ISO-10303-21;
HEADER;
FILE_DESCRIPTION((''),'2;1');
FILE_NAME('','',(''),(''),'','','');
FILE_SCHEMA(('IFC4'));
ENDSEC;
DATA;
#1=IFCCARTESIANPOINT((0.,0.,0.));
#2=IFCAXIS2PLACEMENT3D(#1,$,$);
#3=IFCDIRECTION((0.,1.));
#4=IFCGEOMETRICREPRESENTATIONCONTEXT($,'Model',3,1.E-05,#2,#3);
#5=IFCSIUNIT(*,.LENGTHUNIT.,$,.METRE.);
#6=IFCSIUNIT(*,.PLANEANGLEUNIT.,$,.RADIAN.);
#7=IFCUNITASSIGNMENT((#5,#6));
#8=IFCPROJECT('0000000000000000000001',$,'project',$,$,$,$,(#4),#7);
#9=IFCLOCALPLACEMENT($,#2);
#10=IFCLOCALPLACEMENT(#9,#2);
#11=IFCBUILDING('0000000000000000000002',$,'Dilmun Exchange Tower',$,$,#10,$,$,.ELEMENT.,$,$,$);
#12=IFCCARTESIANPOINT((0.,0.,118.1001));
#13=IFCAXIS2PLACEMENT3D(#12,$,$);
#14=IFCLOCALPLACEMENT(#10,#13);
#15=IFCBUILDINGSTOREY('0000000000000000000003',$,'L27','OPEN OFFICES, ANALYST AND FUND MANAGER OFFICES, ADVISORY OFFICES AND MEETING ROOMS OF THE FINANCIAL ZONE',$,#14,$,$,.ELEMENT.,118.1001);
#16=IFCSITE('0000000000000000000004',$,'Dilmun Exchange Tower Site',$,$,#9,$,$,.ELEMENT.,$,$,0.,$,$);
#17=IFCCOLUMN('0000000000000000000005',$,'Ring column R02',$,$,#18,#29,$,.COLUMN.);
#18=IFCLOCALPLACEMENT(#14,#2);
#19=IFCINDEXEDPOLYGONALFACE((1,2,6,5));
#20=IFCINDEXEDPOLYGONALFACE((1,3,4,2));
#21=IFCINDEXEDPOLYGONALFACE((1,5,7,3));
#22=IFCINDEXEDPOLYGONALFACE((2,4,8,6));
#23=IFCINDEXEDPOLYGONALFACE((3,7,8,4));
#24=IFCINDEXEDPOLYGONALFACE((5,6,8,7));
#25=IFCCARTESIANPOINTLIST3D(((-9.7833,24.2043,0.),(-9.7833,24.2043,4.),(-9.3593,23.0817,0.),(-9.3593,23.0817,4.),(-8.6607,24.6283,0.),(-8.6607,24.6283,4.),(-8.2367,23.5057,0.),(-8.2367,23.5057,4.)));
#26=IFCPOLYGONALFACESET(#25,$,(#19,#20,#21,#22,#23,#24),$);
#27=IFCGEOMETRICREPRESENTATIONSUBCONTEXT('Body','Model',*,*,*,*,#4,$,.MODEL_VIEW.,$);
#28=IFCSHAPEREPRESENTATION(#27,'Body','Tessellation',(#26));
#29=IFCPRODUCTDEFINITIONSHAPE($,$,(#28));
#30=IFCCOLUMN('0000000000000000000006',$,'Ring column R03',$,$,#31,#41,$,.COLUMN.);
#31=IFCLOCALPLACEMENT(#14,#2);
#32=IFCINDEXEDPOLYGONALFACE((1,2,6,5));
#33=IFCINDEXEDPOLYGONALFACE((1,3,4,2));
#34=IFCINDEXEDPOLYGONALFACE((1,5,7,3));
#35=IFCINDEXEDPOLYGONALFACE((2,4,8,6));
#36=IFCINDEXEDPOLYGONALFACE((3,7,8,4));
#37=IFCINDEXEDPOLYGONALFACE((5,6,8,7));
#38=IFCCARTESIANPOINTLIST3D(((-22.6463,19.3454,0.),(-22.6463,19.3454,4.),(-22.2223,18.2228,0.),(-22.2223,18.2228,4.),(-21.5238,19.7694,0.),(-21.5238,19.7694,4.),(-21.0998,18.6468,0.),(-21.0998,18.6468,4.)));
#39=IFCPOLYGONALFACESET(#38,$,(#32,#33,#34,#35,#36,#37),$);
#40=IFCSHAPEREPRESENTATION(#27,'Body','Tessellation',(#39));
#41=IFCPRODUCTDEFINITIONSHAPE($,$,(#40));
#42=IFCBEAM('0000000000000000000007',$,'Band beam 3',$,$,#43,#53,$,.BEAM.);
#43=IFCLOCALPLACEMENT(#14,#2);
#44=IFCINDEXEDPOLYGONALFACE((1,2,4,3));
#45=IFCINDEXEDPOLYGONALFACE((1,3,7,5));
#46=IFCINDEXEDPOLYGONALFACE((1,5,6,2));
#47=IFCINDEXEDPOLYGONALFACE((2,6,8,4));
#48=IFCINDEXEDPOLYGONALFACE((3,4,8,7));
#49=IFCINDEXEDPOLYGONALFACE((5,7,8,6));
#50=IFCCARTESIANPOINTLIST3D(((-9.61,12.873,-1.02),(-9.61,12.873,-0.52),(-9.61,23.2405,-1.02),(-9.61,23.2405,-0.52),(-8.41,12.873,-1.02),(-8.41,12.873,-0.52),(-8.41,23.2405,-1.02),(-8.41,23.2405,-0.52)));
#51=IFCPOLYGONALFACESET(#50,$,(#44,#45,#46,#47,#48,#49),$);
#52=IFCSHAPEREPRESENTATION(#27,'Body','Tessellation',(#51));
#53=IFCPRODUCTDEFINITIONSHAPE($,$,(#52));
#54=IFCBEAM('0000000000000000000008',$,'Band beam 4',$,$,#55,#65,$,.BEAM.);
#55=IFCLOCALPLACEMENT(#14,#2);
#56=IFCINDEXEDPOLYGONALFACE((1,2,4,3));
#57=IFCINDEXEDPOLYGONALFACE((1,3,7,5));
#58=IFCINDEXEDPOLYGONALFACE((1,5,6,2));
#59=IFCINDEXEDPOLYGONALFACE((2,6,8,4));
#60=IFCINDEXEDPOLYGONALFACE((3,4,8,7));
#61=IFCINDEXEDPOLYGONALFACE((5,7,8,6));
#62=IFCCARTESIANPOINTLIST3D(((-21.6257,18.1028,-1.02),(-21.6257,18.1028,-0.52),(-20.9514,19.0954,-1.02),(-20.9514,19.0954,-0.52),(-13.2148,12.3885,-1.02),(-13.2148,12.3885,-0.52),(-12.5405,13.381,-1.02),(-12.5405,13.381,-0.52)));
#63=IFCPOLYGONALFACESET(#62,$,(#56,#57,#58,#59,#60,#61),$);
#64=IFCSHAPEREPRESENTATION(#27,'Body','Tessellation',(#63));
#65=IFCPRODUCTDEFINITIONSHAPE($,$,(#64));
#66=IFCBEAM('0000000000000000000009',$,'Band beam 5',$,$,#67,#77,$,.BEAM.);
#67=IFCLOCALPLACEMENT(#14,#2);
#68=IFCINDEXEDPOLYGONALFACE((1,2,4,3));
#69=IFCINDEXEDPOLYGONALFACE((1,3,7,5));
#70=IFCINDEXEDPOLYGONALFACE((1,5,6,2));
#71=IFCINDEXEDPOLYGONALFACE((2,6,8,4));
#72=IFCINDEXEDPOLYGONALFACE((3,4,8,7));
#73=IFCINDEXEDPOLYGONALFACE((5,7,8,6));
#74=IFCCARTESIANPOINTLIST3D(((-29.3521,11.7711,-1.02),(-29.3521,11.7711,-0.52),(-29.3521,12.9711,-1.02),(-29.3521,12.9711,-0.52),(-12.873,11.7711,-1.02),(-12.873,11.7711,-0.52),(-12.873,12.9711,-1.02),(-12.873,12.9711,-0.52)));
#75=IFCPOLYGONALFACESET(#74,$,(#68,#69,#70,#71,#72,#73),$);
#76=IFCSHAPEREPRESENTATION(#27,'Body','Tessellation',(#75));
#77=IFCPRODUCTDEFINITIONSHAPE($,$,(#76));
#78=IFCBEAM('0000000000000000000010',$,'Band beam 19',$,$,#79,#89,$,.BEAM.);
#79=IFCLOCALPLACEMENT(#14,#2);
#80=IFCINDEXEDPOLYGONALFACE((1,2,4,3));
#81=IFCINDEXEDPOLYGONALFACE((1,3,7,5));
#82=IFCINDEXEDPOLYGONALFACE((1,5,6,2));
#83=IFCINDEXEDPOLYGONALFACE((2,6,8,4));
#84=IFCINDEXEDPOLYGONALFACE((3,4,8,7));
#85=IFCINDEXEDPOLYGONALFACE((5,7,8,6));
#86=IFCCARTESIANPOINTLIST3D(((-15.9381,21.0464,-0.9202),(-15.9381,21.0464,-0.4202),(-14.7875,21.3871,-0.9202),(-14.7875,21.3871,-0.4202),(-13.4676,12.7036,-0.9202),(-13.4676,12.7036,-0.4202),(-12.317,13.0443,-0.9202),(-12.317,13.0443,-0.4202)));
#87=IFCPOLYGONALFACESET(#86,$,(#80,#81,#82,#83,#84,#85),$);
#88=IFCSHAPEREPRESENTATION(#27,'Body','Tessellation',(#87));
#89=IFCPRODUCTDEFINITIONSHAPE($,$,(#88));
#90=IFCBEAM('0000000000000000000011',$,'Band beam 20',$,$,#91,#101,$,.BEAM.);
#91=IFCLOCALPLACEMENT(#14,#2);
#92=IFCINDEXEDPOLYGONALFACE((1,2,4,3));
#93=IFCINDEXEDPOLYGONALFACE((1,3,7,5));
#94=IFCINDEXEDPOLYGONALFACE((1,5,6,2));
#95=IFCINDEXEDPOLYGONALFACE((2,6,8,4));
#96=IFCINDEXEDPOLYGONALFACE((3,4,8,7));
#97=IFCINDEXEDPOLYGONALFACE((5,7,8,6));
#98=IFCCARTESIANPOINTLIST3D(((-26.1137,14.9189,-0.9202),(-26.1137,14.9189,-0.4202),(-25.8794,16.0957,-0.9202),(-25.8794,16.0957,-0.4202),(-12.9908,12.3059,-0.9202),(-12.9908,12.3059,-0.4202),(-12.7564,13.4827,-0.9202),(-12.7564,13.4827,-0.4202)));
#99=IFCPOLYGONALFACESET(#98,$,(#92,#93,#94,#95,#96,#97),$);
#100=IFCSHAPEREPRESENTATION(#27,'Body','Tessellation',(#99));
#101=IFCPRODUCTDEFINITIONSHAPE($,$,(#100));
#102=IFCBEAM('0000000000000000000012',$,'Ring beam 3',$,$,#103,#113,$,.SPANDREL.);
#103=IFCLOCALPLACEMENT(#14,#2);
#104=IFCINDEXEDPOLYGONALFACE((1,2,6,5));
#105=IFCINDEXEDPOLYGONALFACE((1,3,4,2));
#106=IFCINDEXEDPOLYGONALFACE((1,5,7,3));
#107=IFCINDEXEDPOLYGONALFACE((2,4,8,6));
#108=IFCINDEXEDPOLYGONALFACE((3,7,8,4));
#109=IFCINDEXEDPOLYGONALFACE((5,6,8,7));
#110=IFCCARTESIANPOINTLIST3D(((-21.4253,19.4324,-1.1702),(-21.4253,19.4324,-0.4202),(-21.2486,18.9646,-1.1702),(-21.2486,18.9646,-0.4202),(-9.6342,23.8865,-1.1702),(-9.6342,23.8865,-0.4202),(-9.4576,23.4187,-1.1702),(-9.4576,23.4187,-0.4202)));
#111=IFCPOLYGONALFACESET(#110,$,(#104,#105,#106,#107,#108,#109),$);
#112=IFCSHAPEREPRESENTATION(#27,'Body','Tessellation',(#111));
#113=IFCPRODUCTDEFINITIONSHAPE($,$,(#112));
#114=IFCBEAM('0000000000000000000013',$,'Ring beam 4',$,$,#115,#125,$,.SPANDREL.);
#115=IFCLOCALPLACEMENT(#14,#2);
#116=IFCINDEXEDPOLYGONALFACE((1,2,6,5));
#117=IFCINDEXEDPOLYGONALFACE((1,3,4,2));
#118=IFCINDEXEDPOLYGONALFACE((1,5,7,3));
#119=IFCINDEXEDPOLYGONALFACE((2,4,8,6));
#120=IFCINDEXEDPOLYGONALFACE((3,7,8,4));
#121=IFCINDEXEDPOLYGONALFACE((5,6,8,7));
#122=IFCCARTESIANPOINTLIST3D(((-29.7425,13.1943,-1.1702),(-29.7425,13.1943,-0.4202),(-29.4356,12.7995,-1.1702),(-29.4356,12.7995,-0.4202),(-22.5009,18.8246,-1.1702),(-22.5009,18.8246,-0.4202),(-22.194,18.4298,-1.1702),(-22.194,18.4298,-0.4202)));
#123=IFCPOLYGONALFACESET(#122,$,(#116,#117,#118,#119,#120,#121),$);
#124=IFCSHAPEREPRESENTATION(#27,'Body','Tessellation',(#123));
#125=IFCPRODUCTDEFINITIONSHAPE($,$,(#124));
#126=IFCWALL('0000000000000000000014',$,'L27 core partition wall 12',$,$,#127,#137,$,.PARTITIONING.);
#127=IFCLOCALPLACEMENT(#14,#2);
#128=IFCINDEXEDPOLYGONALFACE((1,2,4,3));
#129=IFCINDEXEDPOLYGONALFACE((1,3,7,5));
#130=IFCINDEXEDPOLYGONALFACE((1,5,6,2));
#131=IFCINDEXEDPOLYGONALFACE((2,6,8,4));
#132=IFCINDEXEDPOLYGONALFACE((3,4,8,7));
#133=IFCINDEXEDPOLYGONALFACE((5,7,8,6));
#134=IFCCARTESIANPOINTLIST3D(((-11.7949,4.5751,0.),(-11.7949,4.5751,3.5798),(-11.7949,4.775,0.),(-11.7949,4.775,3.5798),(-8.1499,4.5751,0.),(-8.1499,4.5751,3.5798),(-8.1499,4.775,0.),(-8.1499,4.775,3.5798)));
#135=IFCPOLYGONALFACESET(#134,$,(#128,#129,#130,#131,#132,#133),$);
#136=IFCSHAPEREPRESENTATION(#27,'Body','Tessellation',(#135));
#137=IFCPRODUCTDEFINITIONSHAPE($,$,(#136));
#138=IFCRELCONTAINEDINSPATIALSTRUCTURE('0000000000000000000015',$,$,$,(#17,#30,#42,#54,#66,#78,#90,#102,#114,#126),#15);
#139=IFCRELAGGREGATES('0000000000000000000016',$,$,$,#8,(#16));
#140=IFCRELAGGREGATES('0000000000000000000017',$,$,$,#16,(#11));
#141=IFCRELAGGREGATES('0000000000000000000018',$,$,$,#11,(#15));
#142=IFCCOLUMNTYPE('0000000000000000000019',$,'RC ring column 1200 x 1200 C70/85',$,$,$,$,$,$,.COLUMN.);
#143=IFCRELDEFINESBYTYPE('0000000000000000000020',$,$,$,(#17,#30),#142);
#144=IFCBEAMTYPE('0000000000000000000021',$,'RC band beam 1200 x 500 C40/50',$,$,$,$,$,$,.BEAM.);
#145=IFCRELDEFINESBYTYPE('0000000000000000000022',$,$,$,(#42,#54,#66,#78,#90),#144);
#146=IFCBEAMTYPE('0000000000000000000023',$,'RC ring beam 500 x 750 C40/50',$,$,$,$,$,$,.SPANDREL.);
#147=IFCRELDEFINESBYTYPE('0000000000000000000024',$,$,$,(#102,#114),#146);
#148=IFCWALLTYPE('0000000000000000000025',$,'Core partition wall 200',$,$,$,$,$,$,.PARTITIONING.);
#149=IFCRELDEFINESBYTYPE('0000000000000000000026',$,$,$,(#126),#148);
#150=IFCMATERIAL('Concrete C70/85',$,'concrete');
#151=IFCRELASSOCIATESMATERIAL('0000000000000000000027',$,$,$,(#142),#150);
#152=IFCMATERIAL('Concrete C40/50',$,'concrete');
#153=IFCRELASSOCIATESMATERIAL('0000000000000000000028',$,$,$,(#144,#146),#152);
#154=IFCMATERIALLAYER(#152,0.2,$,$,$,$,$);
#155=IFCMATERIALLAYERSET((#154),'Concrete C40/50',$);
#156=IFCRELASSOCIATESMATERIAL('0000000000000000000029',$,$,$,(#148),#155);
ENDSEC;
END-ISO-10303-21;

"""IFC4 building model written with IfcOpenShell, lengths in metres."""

from ifc_helpers import new_model, si_unit, direction, frame, frame_2d, origin, origin_2d, place, context, subcontext, project, spatial, rectangle, extrude, material, layer, layer_set, material_profile, profile_set, type_object, element, save


model = new_model("IFC4")

# Units and contexts
model_context = context("Model", 3, precision=1e-05, world=origin(), true_north=direction((0.0, 1.0)))
body_context = subcontext(model_context, "Body", "Model", "MODEL_VIEW")
ifc_project = project(units=[si_unit("LENGTHUNIT", "METRE"), si_unit("PLANEANGLEUNIT", "RADIAN")], contexts=[model_context])

# Site, building, storey
site_placement = place(None, origin())
site = spatial("IfcSite", under=ifc_project, at=site_placement, Name="Dilmun Exchange Tower Site", CompositionType="ELEMENT", RefElevation=0.0)
building_placement = place(site_placement, origin())
building = spatial("IfcBuilding", under=site, at=building_placement, Name="Dilmun Exchange Tower", CompositionType="ELEMENT")
storey_placement = place(building_placement, frame((0.0, 0.0, 118.1001)))
storey = spatial("IfcBuildingStorey", under=building, at=storey_placement, Name="L27", Description="OPEN OFFICES, ANALYST AND FUND MANAGER OFFICES, ADVISORY OFFICES AND MEETING ROOMS OF THE FINANCIAL ZONE", CompositionType="ELEMENT", Elevation=118.1001)

# Columns
ifc_material_1 = material(Name="Concrete C70/85", Category="concrete")
ifc_material_profile_1 = material_profile(ifc_material_1, rectangle(XDim=1.2, YDim=1.2, at=origin_2d()), Name="1200 x 1200")
ifc_profile_set_1 = profile_set([ifc_material_profile_1], Name="Concrete C70/85")
column_type = type_object("IfcColumnType", Name="RC ring column 1200 x 1200 C70/85", PredefinedType="COLUMN", material=ifc_profile_set_1)
for number, where, z_axis, x_axis, name in (
    (1, (-9.01, 23.855, 0.0), (0.0, 0.0, 1.0), (0.935492, 0.353349, 0.0), "Ring column R02"),
    (2, (-21.873, 18.9961, 0.0), (0.0, 0.0, 1.0), (0.935492, 0.353349, 0.0), "Ring column R03"),
):
    element("IfcColumn", number, at=place(storey_placement, frame(where, z_axis=z_axis, x_axis=x_axis)), inside=storey, type_object=column_type, Name=name, PredefinedType="COLUMN", context=body_context, shape_type="SweptSolid", body=[
        extrude(rectangle(XDim=1.2, YDim=1.2, at=origin_2d()), origin(), (0.0, 0.0, 1.0), 4.0),
    ])

# Beams
ifc_material_2 = material(Name="Concrete C40/50", Category="concrete")
ifc_material_profile_2 = material_profile(ifc_material_2, rectangle(XDim=1.2, YDim=0.5, at=origin_2d()), Name="1200 x 500")
ifc_profile_set_2 = profile_set([ifc_material_profile_2], Name="Concrete C40/50")
beam_type_1 = type_object("IfcBeamType", Name="RC band beam 1200 x 500 C40/50", PredefinedType="BEAM", material=ifc_profile_set_2)
beam_1_placement = place(storey_placement, frame((-9.01, 23.2405, -0.77), z_axis=(0.0, -1.0, 0.0), x_axis=(1.0, 0.0, 0.0)))
element("IfcBeam", 3, at=beam_1_placement, inside=storey, type_object=beam_type_1, Name="Band beam 3", PredefinedType="BEAM", context=body_context, shape_type="SweptSolid", body=[
    extrude(rectangle(XDim=1.2, YDim=0.5, at=origin_2d()), origin(), (0.0, 0.0, 1.0), 10.3674),
])
beam_2_placement = place(storey_placement, frame((-21.2886, 18.5991, -0.77), z_axis=(0.827157, -0.56197, 0.0), x_axis=(0.56197, 0.827157, 0.0)))
element("IfcBeam", 4, at=beam_2_placement, inside=storey, type_object=beam_type_1, Name="Band beam 4", PredefinedType="BEAM", context=body_context, shape_type="SweptSolid", body=[
    extrude(rectangle(XDim=1.2, YDim=0.5, at=origin_2d()), origin(), (0.0, 0.0, 1.0), 10.1685),
])
beam_3_placement = place(storey_placement, frame((-29.3521, 12.3711, -0.77), z_axis=(1.0, 0.0, 0.0), x_axis=(0.0, 1.0, 0.0)))
element("IfcBeam", 5, at=beam_3_placement, inside=storey, type_object=beam_type_1, Name="Band beam 5", PredefinedType="BEAM", context=body_context, shape_type="SweptSolid", body=[
    extrude(rectangle(XDim=1.2, YDim=0.5, at=origin_2d()), origin(), (0.0, 0.0, 1.0), 16.479),
])
beam_4_placement = place(storey_placement, frame((-15.3628, 21.2168, -0.6702), z_axis=(0.283933, -0.958844, 0.0), x_axis=(0.958844, 0.283933, 0.0)))
element("IfcBeam", 6, at=beam_4_placement, inside=storey, type_object=beam_type_1, Name="Band beam 19", PredefinedType="BEAM", context=body_context, shape_type="SweptSolid", body=[
    extrude(rectangle(XDim=1.2, YDim=0.5, at=origin_2d()), origin(), (0.0, 0.0, 1.0), 8.7009),
])
beam_5_placement = place(storey_placement, frame((-25.9966, 15.5073, -0.6702), z_axis=(0.980747, -0.195284, 0.0), x_axis=(0.195284, 0.980747, 0.0)))
element("IfcBeam", 7, at=beam_5_placement, inside=storey, type_object=beam_type_1, Name="Band beam 20", PredefinedType="BEAM", context=body_context, shape_type="SweptSolid", body=[
    extrude(rectangle(XDim=1.2, YDim=0.5, at=origin_2d()), origin(), (0.0, 0.0, 1.0), 13.3806),
])
ifc_material_profile_3 = material_profile(ifc_material_2, rectangle(XDim=0.5, YDim=0.75, at=origin_2d()), Name="500 x 750")
ifc_profile_set_3 = profile_set([ifc_material_profile_3], Name="Concrete C40/50")
beam_type_2 = type_object("IfcBeamType", Name="RC ring beam 500 x 750 C40/50", PredefinedType="SPANDREL", material=ifc_profile_set_3)
beam_6_placement = place(storey_placement, frame((-9.5459, 23.6526, -0.7952), z_axis=(-0.935479, -0.353381, 0.0), x_axis=(0.353381, -0.935479, 0.0)))
element("IfcBeam", 8, at=beam_6_placement, inside=storey, type_object=beam_type_2, Name="Ring beam 3", PredefinedType="SPANDREL", context=body_context, shape_type="SweptSolid", body=[
    extrude(rectangle(XDim=0.5, YDim=0.75, at=origin_2d()), origin(), (0.0, 0.0, 1.0), 12.6042),
])
beam_7_placement = place(storey_placement, frame((-22.3474, 18.6272, -0.7952), z_axis=(-0.789461, -0.613801, 0.0), x_axis=(0.613801, -0.789461, 0.0)))
element("IfcBeam", 9, at=beam_7_placement, inside=storey, type_object=beam_type_2, Name="Ring beam 4", PredefinedType="SPANDREL", context=body_context, shape_type="SweptSolid", body=[
    extrude(rectangle(XDim=0.5, YDim=0.75, at=origin_2d()), origin(), (0.0, 0.0, 1.0), 9.1729),
])

# Wall
ifc_layer_1 = layer(ifc_material_2, 0.2)
ifc_layer_set_1 = layer_set([ifc_layer_1], Name="Concrete C40/50")
wall_type_1 = type_object("IfcWallType", Name="Core partition wall 200", PredefinedType="PARTITIONING", material=ifc_layer_set_1)
wall_1_placement = place(storey_placement, frame((-11.7949, 4.675, 0.0), z_axis=(0.0, 0.0, 1.0), x_axis=(1.0, 0.0, 0.0)))
element("IfcWall", 10, at=wall_1_placement, inside=storey, type_object=wall_type_1, Name="L27 core partition wall 12", PredefinedType="PARTITIONING", context=body_context, shape_type="SweptSolid", body=[
    extrude(rectangle(XDim=3.645, YDim=0.2, at=frame_2d((1.8225, 0.0))), origin(), (0.0, 0.0, 1.0), 3.5798),
])

save(model, "model.ifc")
